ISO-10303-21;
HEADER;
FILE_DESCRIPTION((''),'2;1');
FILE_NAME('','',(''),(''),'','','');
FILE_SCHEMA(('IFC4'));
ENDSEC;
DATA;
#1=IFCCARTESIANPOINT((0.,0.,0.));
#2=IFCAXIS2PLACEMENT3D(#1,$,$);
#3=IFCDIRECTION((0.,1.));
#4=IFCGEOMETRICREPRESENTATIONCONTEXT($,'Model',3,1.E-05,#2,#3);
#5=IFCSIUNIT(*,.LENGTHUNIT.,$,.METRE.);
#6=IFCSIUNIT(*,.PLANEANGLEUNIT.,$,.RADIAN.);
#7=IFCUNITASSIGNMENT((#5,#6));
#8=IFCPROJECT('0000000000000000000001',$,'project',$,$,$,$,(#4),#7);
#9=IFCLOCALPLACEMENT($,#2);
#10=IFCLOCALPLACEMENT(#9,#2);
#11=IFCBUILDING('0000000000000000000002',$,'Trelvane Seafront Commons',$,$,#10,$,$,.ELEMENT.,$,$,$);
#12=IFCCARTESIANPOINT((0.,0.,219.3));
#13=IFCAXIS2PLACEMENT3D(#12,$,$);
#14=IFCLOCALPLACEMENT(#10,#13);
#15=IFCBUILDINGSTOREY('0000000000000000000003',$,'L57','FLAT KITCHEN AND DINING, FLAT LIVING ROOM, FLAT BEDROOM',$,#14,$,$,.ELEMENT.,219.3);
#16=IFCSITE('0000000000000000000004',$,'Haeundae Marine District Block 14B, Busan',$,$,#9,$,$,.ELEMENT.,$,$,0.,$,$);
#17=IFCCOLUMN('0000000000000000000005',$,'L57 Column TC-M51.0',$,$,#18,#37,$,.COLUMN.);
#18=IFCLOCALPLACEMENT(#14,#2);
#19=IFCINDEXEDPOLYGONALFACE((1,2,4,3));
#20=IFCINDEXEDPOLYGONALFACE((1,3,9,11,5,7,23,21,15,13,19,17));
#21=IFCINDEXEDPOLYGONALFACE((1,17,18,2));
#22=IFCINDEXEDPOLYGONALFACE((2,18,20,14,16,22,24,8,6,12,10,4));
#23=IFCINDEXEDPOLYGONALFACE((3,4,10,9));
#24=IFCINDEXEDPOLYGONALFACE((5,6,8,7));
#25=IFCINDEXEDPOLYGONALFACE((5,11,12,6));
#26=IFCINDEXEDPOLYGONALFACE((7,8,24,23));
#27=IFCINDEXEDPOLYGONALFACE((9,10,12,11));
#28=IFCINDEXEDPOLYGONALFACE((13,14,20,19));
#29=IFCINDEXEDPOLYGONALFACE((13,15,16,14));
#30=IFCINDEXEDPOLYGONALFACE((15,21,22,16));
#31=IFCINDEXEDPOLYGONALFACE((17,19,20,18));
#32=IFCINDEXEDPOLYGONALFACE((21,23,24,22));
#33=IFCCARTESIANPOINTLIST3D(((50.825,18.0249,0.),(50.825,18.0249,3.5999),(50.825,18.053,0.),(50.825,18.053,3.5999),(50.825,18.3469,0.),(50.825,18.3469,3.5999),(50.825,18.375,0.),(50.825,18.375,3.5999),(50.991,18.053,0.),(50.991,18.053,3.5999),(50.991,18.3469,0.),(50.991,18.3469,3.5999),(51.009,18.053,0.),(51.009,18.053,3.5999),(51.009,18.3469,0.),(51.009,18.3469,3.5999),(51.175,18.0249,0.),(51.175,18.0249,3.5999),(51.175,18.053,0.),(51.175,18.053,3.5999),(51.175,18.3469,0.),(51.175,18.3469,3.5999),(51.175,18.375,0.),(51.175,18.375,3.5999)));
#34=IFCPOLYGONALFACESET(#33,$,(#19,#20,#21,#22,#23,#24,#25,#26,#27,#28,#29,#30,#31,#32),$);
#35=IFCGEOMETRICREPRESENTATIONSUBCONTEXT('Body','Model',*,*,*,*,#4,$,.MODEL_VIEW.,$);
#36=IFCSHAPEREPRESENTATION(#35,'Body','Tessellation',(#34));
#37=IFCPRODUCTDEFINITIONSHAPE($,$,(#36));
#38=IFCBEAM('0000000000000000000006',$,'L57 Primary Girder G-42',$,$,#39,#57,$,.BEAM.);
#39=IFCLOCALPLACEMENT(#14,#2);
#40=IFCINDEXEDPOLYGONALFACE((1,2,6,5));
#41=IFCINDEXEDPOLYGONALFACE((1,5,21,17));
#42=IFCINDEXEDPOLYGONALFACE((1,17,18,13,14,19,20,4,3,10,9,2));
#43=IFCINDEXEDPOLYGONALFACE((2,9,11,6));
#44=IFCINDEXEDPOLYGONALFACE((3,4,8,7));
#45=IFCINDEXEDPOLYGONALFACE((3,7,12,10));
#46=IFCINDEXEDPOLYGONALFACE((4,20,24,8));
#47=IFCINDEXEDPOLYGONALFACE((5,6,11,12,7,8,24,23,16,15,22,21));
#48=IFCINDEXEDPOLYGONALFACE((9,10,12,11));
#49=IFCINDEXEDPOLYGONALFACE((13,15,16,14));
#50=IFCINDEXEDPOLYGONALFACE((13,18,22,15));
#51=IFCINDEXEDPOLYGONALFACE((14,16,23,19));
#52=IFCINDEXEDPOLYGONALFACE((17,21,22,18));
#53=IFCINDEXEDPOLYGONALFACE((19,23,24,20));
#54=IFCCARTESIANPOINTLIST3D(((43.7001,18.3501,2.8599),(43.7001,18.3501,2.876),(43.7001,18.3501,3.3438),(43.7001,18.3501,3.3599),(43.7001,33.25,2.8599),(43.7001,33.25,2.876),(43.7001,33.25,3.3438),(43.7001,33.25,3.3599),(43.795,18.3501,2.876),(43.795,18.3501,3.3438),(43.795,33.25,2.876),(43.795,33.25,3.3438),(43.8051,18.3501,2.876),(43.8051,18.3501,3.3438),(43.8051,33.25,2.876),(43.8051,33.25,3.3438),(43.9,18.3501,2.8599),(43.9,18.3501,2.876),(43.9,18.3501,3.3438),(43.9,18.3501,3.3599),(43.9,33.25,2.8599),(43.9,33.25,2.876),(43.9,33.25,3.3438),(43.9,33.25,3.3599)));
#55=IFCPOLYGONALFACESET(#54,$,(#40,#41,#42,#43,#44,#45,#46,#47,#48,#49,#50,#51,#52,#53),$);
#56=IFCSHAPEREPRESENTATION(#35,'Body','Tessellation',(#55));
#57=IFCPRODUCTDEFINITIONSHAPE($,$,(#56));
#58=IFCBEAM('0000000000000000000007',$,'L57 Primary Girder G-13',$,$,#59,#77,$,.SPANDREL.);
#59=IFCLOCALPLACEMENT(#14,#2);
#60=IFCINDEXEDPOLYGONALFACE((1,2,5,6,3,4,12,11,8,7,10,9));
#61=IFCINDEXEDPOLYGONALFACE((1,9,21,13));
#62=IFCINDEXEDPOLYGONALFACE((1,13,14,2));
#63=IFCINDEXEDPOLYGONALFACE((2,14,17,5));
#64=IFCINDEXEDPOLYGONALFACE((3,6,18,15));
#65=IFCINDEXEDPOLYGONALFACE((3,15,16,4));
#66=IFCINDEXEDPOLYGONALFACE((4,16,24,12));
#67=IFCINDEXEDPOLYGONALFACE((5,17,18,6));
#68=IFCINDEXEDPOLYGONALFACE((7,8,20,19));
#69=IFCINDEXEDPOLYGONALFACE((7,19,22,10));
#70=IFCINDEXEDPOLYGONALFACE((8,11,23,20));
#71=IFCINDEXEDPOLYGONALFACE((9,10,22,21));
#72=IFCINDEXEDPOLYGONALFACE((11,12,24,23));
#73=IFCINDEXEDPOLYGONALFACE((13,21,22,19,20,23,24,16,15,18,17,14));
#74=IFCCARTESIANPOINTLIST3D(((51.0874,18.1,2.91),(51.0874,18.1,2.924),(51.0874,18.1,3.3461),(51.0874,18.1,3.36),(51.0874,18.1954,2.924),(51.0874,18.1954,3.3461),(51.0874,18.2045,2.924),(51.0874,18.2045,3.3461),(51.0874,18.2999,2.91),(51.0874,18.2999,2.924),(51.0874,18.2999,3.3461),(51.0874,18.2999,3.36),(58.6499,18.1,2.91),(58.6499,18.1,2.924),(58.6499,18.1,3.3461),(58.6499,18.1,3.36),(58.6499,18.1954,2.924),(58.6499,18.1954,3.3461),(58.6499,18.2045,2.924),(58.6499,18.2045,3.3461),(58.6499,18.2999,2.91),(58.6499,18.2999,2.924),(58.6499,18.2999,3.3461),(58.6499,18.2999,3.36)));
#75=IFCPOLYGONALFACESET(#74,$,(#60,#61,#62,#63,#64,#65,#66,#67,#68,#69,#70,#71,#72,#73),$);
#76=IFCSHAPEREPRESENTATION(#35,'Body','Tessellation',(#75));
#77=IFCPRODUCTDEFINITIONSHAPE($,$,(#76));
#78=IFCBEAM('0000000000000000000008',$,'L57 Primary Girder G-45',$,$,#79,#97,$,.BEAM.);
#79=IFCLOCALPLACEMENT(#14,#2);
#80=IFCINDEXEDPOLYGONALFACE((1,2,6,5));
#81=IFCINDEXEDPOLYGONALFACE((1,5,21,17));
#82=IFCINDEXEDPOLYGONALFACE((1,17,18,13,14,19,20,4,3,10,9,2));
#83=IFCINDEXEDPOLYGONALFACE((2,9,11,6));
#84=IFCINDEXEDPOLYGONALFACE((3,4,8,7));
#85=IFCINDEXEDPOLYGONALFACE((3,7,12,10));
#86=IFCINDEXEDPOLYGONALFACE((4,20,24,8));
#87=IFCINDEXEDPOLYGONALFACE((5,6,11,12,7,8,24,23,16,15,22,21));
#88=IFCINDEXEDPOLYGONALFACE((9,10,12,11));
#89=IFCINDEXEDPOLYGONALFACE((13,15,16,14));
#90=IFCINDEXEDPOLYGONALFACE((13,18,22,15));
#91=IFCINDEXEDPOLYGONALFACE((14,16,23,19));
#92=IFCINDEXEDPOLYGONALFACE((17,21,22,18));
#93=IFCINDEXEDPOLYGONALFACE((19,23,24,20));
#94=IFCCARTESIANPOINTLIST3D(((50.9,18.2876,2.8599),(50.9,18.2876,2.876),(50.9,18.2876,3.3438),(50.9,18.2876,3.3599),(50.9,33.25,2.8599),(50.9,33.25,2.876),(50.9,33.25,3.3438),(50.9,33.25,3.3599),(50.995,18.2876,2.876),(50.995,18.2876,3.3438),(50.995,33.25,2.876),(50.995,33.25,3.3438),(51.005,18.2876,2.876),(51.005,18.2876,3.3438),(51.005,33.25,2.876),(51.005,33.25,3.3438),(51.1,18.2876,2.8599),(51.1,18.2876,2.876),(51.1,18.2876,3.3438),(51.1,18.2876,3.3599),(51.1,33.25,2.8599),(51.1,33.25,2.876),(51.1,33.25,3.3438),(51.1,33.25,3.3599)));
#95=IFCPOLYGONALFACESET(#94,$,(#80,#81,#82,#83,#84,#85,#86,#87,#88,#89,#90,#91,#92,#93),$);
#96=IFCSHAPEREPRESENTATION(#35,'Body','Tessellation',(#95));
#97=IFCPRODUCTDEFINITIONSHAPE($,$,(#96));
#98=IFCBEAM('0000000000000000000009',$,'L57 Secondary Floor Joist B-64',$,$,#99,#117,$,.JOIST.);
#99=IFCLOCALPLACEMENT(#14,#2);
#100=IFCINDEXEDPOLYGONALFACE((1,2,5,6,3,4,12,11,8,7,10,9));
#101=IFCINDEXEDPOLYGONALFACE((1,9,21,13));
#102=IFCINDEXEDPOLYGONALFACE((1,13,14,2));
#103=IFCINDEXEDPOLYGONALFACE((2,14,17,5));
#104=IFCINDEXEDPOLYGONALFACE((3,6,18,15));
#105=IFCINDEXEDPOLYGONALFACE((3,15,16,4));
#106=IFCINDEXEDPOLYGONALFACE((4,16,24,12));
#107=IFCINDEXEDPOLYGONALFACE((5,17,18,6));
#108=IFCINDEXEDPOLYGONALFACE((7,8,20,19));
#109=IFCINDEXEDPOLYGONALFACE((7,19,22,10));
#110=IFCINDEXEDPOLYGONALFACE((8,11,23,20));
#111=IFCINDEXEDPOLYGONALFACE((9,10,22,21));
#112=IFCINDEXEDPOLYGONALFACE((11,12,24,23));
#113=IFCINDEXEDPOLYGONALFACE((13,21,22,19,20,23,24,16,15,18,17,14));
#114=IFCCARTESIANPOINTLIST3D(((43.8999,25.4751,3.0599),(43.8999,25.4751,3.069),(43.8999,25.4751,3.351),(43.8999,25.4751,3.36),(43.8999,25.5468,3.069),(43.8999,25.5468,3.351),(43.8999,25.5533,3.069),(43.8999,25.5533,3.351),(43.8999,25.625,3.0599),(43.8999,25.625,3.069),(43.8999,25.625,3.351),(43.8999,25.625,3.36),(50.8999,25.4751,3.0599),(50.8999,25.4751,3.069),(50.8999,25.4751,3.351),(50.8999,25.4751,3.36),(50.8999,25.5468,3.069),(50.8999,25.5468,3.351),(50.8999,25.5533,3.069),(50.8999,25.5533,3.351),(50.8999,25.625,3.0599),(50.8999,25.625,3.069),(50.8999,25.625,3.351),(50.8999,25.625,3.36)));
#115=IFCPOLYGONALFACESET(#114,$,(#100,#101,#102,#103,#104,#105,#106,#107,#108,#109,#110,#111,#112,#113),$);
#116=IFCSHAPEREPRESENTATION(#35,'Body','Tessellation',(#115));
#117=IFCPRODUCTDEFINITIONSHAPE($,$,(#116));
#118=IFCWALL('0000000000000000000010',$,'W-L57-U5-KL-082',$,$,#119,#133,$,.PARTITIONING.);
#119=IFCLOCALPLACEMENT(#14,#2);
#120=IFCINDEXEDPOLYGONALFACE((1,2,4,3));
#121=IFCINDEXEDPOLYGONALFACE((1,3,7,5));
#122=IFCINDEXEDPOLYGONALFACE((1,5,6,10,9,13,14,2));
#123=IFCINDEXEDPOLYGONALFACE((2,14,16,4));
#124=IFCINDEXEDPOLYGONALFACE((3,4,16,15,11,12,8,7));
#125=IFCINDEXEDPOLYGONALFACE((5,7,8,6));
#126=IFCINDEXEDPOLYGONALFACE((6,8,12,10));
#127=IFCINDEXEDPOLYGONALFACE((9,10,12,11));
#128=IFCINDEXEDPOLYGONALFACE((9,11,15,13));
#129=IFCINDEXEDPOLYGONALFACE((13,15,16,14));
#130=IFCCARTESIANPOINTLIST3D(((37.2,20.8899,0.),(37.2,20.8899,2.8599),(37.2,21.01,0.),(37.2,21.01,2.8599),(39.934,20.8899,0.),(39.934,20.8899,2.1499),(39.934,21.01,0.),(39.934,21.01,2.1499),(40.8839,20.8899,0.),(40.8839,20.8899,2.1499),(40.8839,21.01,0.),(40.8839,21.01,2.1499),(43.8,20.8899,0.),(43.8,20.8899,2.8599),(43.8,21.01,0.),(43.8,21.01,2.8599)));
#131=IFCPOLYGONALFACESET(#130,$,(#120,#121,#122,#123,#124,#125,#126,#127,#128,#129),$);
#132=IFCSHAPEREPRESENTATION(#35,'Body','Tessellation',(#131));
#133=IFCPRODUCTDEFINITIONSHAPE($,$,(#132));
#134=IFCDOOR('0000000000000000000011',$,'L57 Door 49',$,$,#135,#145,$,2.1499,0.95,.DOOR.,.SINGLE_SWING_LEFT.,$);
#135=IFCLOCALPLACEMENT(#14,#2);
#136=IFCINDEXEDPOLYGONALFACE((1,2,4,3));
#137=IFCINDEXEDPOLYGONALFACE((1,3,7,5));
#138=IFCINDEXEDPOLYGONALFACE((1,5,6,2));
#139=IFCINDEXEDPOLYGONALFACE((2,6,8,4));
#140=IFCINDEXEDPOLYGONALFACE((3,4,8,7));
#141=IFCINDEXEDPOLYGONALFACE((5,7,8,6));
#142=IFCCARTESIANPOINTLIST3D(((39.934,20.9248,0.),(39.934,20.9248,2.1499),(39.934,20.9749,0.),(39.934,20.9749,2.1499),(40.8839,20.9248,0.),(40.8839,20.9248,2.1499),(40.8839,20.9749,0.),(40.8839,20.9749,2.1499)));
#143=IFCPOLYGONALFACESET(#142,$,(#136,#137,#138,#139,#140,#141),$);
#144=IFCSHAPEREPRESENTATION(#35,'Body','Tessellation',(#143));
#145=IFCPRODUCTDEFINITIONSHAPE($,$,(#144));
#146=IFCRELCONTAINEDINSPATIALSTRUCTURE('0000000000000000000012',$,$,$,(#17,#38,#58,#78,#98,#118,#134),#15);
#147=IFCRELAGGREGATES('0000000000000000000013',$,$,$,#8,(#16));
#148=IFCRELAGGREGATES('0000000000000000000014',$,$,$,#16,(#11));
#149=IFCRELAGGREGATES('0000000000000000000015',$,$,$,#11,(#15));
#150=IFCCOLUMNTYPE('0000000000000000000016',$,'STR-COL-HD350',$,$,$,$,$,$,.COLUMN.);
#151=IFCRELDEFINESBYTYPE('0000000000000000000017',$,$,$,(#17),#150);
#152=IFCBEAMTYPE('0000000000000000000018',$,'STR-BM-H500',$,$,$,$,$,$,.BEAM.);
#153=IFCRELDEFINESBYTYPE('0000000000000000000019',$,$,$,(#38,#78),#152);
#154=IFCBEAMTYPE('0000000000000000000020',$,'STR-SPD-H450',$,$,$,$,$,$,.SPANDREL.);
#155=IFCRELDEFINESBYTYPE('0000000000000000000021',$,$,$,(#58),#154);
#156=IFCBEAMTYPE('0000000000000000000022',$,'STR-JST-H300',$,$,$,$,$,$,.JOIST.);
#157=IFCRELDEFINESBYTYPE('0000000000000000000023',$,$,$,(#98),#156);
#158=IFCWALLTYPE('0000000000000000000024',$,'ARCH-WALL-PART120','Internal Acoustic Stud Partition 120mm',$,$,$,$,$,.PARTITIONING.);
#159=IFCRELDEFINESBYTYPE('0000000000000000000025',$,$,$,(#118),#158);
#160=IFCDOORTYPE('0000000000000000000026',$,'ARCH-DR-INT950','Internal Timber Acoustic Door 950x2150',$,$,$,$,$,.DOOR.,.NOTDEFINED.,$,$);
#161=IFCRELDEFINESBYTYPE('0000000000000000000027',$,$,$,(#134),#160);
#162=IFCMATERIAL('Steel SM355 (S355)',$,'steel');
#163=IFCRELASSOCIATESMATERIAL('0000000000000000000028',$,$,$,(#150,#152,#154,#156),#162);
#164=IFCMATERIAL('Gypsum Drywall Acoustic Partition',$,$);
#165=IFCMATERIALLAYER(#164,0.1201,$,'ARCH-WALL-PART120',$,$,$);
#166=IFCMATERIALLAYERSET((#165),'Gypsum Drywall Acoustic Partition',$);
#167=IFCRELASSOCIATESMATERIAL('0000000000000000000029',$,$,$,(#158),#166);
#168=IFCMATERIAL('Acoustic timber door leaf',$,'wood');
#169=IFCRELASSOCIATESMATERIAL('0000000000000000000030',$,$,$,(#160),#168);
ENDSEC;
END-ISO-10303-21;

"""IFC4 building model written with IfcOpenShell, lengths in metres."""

from ifc_helpers import new_model, si_unit, direction, frame, frame_2d, origin, origin_2d, place, context, subcontext, project, spatial, rectangle, i_section, extrude, source, transform, mapped, material, layer, layer_set, material_profile, profile_set, type_object, element, fill, save


model = new_model("IFC4")

# Units and contexts
model_context = context("Model", 3, precision=1e-05, world=origin(), true_north=direction((0.0, 1.0)))
body_context = subcontext(model_context, "Body", "Model", "MODEL_VIEW")
ifc_project = project(units=[si_unit("LENGTHUNIT", "METRE"), si_unit("PLANEANGLEUNIT", "RADIAN")], contexts=[model_context])

# Site, building, storey
site_placement = place(None, origin())
site = spatial("IfcSite", under=ifc_project, at=site_placement, Name="Haeundae Marine District Block 14B, Busan", CompositionType="ELEMENT", RefElevation=0.0)
building_placement = place(site_placement, origin())
building = spatial("IfcBuilding", under=site, at=building_placement, Name="Trelvane Seafront Commons", CompositionType="ELEMENT")
storey_placement = place(building_placement, frame((0.0, 0.0, 219.3)))
storey = spatial("IfcBuildingStorey", under=building, at=storey_placement, Name="L57", Description="FLAT KITCHEN AND DINING, FLAT LIVING ROOM, FLAT BEDROOM", CompositionType="ELEMENT", Elevation=219.3)

# Column
ifc_material_1 = material(Name="Steel SM355 (S355)", Category="steel")
ifc_material_profile_1 = material_profile(ifc_material_1, i_section(OverallWidth=0.3501, OverallDepth=0.3501, WebThickness=0.0181, FlangeThickness=0.0281, at=origin_2d()), Name="HD-350x350x18x28")
ifc_profile_set_1 = profile_set([ifc_material_profile_1], Name="Steel SM355 (S355)")
column_type = type_object("IfcColumnType", Name="STR-COL-HD350", PredefinedType="COLUMN", material=ifc_profile_set_1)
shared_shape_1 = source(origin(), body_context, "Body", "SweptSolid", [
    extrude(i_section(OverallWidth=0.3501, OverallDepth=0.3501, WebThickness=0.0181, FlangeThickness=0.0281, at=origin_2d()), origin(), (0.0, 0.0, 1.0), 3.5999),
])
column_placement = place(storey_placement, frame((51.0, 18.2, 0.0), z_axis=(0.0, 0.0, 1.0), x_axis=(1.0, 0.0, 0.0)))
element("IfcColumn", 1, at=column_placement, inside=storey, type_object=column_type, Name="L57 Column TC-M51.0", PredefinedType="COLUMN", context=body_context, shape_type="MappedRepresentation", body=[
    mapped(shared_shape_1, transform((0.0, 0.0, 0.0), x_axis=(1.0, 0.0, 0.0), y_axis=(0.0, 1.0, 0.0), z_axis=(0.0, 0.0, 1.0), scale=1.0)),
])

# Beams
ifc_material_profile_2 = material_profile(ifc_material_1, i_section(OverallWidth=0.2, OverallDepth=0.5, WebThickness=0.01, FlangeThickness=0.0161, at=origin_2d()), Name="H-500x200x10x16")
ifc_profile_set_2 = profile_set([ifc_material_profile_2], Name="Steel SM355 (S355)")
beam_type_1 = type_object("IfcBeamType", Name="STR-BM-H500", PredefinedType="BEAM", material=ifc_profile_set_2)
shared_shape_2 = source(origin(), body_context, "Body", "SweptSolid", [
    extrude(i_section(OverallWidth=0.2, OverallDepth=0.5, WebThickness=0.01, FlangeThickness=0.0161, at=origin_2d()), origin(), (0.0, 0.0, 1.0), 14.8999),
])
beam_1_placement = place(storey_placement, frame((43.8, 18.3501, 3.1099), z_axis=(0.0, 1.0, 0.0), x_axis=(-1.0, 0.0, 0.0)))
element("IfcBeam", 2, at=beam_1_placement, inside=storey, type_object=beam_type_1, Name="L57 Primary Girder G-42", PredefinedType="BEAM", context=body_context, shape_type="MappedRepresentation", body=[
    mapped(shared_shape_2, transform((0.0, 0.0, 0.0), x_axis=(1.0, 0.0, 0.0), y_axis=(0.0, 1.0, 0.0), z_axis=(0.0, 0.0, 1.0), scale=1.0)),
])
ifc_material_profile_3 = material_profile(ifc_material_1, i_section(OverallWidth=0.2, OverallDepth=0.45, WebThickness=0.009, FlangeThickness=0.0139, at=origin_2d()), Name="H-450x200x9x14")
ifc_profile_set_3 = profile_set([ifc_material_profile_3], Name="Steel SM355 (S355)")
beam_type_2 = type_object("IfcBeamType", Name="STR-SPD-H450", PredefinedType="SPANDREL", material=ifc_profile_set_3)
shared_shape_3 = source(origin(), body_context, "Body", "SweptSolid", [
    extrude(i_section(OverallWidth=0.2, OverallDepth=0.45, WebThickness=0.009, FlangeThickness=0.0139, at=origin_2d()), origin(), (0.0, 0.0, 1.0), 7.5625),
])
beam_2_placement = place(storey_placement, frame((51.0874, 18.2, 3.135), z_axis=(1.0, 0.0, 0.0), x_axis=(0.0, 1.0, 0.0)))
element("IfcBeam", 3, at=beam_2_placement, inside=storey, type_object=beam_type_2, Name="L57 Primary Girder G-13", PredefinedType="SPANDREL", context=body_context, shape_type="MappedRepresentation", body=[
    mapped(shared_shape_3, transform((0.0, 0.0, 0.0), x_axis=(1.0, 0.0, 0.0), y_axis=(0.0, 1.0, 0.0), z_axis=(0.0, 0.0, 1.0), scale=1.0)),
])
shared_shape_4 = source(origin(), body_context, "Body", "SweptSolid", [
    extrude(i_section(OverallWidth=0.2, OverallDepth=0.5, WebThickness=0.01, FlangeThickness=0.0161, at=origin_2d()), origin(), (0.0, 0.0, 1.0), 14.9624),
])
beam_3_placement = place(storey_placement, frame((51.0, 18.2876, 3.1099), z_axis=(0.0, 1.0, 0.0), x_axis=(-1.0, 0.0, 0.0)))
element("IfcBeam", 4, at=beam_3_placement, inside=storey, type_object=beam_type_1, Name="L57 Primary Girder G-45", PredefinedType="BEAM", context=body_context, shape_type="MappedRepresentation", body=[
    mapped(shared_shape_4, transform((0.0, 0.0, 0.0), x_axis=(1.0, 0.0, 0.0), y_axis=(0.0, 1.0, 0.0), z_axis=(0.0, 0.0, 1.0), scale=1.0)),
])
ifc_material_profile_4 = material_profile(ifc_material_1, i_section(OverallWidth=0.1499, OverallDepth=0.3, WebThickness=0.0066, FlangeThickness=0.009, at=origin_2d()), Name="H-300x150x6.5x9")
ifc_profile_set_4 = profile_set([ifc_material_profile_4], Name="Steel SM355 (S355)")
beam_type_3 = type_object("IfcBeamType", Name="STR-JST-H300", PredefinedType="JOIST", material=ifc_profile_set_4)
shared_shape_5 = source(origin(), body_context, "Body", "SweptSolid", [
    extrude(i_section(OverallWidth=0.1499, OverallDepth=0.3, WebThickness=0.0066, FlangeThickness=0.009, at=origin_2d()), origin(), (0.0, 0.0, 1.0), 7.0),
])
beam_4_placement = place(storey_placement, frame((43.8999, 25.55, 3.21), z_axis=(1.0, 0.0, 0.0), x_axis=(0.0, 1.0, 0.0)))
element("IfcBeam", 5, at=beam_4_placement, inside=storey, type_object=beam_type_3, Name="L57 Secondary Floor Joist B-64", PredefinedType="JOIST", context=body_context, shape_type="MappedRepresentation", body=[
    mapped(shared_shape_5, transform((0.0, 0.0, 0.0), x_axis=(1.0, 0.0, 0.0), y_axis=(0.0, 1.0, 0.0), z_axis=(0.0, 0.0, 1.0), scale=1.0)),
])

# Wall, opening, door
ifc_material_2 = material(Name="Gypsum Drywall Acoustic Partition")
ifc_layer = layer(ifc_material_2, 0.1201, Name="ARCH-WALL-PART120")
ifc_layer_set = layer_set([ifc_layer], Name="Gypsum Drywall Acoustic Partition")
wall_type = type_object("IfcWallType", Name="ARCH-WALL-PART120", Description="Internal Acoustic Stud Partition 120mm", PredefinedType="PARTITIONING", material=ifc_layer_set)
wall_1_placement = place(storey_placement, frame((37.2, 20.95, 0.0), z_axis=(0.0, 0.0, 1.0), x_axis=(1.0, 0.0, 0.0)))
wall_1 = element("IfcWall", 6, at=wall_1_placement, inside=storey, type_object=wall_type, Name="W-L57-U5-KL-082", PredefinedType="PARTITIONING", context=body_context, shape_type="SweptSolid", body=[
    extrude(rectangle(XDim=6.6001, YDim=0.1201, at=frame_2d((3.3, 0.0))), origin(), (0.0, 0.0, 1.0), 2.8599),
])
opening_1_placement = place(wall_1_placement, frame((2.7339, 0.0, 0.0)))
opening_1 = element("IfcOpeningElement", 7, at=opening_1_placement, cuts=wall_1, PredefinedType="OPENING", context=body_context, shape_type="SweptSolid", body=[
    extrude(rectangle(XDim=0.95, YDim=2.1499, at=frame_2d((0.4751, 1.075))), frame((0.0, 0.0701, 0.0), z_axis=(0.0, -1.0, 0.0), x_axis=(1.0, 0.0, 0.0)), (0.0, 0.0, 1.0), 0.1401),
])
ifc_material_3 = material(Name="Acoustic timber door leaf", Category="wood")
door_type_1 = type_object("IfcDoorType", Name="ARCH-DR-INT950", Description="Internal Timber Acoustic Door 950x2150", OperationType="NOTDEFINED", PredefinedType="DOOR", material=ifc_material_3)
shared_shape_6 = source(origin(), body_context, "Body", "SweptSolid", [
    extrude(rectangle(XDim=0.95, YDim=2.1499, at=frame_2d((0.4751, 1.075))), frame((0.0, 0.0249, 0.0), z_axis=(0.0, -1.0, 0.0), x_axis=(1.0, 0.0, 0.0)), (0.0, 0.0, 1.0), 0.05),
])
door_1_placement = place(opening_1_placement, origin())
door_1 = element("IfcDoor", 8, at=door_1_placement, inside=storey, type_object=door_type_1, Name="L57 Door 49", OperationType="SINGLE_SWING_LEFT", OverallHeight=2.1499, OverallWidth=0.95, PredefinedType="DOOR", context=body_context, shape_type="MappedRepresentation", body=[
    mapped(shared_shape_6, transform((0.0, 0.0, 0.0), x_axis=(1.0, 0.0, 0.0), y_axis=(0.0, 1.0, 0.0), z_axis=(0.0, 0.0, 1.0), scale=1.0)),
])
fill(opening_1, door_1)

save(model, "model.ifc")
